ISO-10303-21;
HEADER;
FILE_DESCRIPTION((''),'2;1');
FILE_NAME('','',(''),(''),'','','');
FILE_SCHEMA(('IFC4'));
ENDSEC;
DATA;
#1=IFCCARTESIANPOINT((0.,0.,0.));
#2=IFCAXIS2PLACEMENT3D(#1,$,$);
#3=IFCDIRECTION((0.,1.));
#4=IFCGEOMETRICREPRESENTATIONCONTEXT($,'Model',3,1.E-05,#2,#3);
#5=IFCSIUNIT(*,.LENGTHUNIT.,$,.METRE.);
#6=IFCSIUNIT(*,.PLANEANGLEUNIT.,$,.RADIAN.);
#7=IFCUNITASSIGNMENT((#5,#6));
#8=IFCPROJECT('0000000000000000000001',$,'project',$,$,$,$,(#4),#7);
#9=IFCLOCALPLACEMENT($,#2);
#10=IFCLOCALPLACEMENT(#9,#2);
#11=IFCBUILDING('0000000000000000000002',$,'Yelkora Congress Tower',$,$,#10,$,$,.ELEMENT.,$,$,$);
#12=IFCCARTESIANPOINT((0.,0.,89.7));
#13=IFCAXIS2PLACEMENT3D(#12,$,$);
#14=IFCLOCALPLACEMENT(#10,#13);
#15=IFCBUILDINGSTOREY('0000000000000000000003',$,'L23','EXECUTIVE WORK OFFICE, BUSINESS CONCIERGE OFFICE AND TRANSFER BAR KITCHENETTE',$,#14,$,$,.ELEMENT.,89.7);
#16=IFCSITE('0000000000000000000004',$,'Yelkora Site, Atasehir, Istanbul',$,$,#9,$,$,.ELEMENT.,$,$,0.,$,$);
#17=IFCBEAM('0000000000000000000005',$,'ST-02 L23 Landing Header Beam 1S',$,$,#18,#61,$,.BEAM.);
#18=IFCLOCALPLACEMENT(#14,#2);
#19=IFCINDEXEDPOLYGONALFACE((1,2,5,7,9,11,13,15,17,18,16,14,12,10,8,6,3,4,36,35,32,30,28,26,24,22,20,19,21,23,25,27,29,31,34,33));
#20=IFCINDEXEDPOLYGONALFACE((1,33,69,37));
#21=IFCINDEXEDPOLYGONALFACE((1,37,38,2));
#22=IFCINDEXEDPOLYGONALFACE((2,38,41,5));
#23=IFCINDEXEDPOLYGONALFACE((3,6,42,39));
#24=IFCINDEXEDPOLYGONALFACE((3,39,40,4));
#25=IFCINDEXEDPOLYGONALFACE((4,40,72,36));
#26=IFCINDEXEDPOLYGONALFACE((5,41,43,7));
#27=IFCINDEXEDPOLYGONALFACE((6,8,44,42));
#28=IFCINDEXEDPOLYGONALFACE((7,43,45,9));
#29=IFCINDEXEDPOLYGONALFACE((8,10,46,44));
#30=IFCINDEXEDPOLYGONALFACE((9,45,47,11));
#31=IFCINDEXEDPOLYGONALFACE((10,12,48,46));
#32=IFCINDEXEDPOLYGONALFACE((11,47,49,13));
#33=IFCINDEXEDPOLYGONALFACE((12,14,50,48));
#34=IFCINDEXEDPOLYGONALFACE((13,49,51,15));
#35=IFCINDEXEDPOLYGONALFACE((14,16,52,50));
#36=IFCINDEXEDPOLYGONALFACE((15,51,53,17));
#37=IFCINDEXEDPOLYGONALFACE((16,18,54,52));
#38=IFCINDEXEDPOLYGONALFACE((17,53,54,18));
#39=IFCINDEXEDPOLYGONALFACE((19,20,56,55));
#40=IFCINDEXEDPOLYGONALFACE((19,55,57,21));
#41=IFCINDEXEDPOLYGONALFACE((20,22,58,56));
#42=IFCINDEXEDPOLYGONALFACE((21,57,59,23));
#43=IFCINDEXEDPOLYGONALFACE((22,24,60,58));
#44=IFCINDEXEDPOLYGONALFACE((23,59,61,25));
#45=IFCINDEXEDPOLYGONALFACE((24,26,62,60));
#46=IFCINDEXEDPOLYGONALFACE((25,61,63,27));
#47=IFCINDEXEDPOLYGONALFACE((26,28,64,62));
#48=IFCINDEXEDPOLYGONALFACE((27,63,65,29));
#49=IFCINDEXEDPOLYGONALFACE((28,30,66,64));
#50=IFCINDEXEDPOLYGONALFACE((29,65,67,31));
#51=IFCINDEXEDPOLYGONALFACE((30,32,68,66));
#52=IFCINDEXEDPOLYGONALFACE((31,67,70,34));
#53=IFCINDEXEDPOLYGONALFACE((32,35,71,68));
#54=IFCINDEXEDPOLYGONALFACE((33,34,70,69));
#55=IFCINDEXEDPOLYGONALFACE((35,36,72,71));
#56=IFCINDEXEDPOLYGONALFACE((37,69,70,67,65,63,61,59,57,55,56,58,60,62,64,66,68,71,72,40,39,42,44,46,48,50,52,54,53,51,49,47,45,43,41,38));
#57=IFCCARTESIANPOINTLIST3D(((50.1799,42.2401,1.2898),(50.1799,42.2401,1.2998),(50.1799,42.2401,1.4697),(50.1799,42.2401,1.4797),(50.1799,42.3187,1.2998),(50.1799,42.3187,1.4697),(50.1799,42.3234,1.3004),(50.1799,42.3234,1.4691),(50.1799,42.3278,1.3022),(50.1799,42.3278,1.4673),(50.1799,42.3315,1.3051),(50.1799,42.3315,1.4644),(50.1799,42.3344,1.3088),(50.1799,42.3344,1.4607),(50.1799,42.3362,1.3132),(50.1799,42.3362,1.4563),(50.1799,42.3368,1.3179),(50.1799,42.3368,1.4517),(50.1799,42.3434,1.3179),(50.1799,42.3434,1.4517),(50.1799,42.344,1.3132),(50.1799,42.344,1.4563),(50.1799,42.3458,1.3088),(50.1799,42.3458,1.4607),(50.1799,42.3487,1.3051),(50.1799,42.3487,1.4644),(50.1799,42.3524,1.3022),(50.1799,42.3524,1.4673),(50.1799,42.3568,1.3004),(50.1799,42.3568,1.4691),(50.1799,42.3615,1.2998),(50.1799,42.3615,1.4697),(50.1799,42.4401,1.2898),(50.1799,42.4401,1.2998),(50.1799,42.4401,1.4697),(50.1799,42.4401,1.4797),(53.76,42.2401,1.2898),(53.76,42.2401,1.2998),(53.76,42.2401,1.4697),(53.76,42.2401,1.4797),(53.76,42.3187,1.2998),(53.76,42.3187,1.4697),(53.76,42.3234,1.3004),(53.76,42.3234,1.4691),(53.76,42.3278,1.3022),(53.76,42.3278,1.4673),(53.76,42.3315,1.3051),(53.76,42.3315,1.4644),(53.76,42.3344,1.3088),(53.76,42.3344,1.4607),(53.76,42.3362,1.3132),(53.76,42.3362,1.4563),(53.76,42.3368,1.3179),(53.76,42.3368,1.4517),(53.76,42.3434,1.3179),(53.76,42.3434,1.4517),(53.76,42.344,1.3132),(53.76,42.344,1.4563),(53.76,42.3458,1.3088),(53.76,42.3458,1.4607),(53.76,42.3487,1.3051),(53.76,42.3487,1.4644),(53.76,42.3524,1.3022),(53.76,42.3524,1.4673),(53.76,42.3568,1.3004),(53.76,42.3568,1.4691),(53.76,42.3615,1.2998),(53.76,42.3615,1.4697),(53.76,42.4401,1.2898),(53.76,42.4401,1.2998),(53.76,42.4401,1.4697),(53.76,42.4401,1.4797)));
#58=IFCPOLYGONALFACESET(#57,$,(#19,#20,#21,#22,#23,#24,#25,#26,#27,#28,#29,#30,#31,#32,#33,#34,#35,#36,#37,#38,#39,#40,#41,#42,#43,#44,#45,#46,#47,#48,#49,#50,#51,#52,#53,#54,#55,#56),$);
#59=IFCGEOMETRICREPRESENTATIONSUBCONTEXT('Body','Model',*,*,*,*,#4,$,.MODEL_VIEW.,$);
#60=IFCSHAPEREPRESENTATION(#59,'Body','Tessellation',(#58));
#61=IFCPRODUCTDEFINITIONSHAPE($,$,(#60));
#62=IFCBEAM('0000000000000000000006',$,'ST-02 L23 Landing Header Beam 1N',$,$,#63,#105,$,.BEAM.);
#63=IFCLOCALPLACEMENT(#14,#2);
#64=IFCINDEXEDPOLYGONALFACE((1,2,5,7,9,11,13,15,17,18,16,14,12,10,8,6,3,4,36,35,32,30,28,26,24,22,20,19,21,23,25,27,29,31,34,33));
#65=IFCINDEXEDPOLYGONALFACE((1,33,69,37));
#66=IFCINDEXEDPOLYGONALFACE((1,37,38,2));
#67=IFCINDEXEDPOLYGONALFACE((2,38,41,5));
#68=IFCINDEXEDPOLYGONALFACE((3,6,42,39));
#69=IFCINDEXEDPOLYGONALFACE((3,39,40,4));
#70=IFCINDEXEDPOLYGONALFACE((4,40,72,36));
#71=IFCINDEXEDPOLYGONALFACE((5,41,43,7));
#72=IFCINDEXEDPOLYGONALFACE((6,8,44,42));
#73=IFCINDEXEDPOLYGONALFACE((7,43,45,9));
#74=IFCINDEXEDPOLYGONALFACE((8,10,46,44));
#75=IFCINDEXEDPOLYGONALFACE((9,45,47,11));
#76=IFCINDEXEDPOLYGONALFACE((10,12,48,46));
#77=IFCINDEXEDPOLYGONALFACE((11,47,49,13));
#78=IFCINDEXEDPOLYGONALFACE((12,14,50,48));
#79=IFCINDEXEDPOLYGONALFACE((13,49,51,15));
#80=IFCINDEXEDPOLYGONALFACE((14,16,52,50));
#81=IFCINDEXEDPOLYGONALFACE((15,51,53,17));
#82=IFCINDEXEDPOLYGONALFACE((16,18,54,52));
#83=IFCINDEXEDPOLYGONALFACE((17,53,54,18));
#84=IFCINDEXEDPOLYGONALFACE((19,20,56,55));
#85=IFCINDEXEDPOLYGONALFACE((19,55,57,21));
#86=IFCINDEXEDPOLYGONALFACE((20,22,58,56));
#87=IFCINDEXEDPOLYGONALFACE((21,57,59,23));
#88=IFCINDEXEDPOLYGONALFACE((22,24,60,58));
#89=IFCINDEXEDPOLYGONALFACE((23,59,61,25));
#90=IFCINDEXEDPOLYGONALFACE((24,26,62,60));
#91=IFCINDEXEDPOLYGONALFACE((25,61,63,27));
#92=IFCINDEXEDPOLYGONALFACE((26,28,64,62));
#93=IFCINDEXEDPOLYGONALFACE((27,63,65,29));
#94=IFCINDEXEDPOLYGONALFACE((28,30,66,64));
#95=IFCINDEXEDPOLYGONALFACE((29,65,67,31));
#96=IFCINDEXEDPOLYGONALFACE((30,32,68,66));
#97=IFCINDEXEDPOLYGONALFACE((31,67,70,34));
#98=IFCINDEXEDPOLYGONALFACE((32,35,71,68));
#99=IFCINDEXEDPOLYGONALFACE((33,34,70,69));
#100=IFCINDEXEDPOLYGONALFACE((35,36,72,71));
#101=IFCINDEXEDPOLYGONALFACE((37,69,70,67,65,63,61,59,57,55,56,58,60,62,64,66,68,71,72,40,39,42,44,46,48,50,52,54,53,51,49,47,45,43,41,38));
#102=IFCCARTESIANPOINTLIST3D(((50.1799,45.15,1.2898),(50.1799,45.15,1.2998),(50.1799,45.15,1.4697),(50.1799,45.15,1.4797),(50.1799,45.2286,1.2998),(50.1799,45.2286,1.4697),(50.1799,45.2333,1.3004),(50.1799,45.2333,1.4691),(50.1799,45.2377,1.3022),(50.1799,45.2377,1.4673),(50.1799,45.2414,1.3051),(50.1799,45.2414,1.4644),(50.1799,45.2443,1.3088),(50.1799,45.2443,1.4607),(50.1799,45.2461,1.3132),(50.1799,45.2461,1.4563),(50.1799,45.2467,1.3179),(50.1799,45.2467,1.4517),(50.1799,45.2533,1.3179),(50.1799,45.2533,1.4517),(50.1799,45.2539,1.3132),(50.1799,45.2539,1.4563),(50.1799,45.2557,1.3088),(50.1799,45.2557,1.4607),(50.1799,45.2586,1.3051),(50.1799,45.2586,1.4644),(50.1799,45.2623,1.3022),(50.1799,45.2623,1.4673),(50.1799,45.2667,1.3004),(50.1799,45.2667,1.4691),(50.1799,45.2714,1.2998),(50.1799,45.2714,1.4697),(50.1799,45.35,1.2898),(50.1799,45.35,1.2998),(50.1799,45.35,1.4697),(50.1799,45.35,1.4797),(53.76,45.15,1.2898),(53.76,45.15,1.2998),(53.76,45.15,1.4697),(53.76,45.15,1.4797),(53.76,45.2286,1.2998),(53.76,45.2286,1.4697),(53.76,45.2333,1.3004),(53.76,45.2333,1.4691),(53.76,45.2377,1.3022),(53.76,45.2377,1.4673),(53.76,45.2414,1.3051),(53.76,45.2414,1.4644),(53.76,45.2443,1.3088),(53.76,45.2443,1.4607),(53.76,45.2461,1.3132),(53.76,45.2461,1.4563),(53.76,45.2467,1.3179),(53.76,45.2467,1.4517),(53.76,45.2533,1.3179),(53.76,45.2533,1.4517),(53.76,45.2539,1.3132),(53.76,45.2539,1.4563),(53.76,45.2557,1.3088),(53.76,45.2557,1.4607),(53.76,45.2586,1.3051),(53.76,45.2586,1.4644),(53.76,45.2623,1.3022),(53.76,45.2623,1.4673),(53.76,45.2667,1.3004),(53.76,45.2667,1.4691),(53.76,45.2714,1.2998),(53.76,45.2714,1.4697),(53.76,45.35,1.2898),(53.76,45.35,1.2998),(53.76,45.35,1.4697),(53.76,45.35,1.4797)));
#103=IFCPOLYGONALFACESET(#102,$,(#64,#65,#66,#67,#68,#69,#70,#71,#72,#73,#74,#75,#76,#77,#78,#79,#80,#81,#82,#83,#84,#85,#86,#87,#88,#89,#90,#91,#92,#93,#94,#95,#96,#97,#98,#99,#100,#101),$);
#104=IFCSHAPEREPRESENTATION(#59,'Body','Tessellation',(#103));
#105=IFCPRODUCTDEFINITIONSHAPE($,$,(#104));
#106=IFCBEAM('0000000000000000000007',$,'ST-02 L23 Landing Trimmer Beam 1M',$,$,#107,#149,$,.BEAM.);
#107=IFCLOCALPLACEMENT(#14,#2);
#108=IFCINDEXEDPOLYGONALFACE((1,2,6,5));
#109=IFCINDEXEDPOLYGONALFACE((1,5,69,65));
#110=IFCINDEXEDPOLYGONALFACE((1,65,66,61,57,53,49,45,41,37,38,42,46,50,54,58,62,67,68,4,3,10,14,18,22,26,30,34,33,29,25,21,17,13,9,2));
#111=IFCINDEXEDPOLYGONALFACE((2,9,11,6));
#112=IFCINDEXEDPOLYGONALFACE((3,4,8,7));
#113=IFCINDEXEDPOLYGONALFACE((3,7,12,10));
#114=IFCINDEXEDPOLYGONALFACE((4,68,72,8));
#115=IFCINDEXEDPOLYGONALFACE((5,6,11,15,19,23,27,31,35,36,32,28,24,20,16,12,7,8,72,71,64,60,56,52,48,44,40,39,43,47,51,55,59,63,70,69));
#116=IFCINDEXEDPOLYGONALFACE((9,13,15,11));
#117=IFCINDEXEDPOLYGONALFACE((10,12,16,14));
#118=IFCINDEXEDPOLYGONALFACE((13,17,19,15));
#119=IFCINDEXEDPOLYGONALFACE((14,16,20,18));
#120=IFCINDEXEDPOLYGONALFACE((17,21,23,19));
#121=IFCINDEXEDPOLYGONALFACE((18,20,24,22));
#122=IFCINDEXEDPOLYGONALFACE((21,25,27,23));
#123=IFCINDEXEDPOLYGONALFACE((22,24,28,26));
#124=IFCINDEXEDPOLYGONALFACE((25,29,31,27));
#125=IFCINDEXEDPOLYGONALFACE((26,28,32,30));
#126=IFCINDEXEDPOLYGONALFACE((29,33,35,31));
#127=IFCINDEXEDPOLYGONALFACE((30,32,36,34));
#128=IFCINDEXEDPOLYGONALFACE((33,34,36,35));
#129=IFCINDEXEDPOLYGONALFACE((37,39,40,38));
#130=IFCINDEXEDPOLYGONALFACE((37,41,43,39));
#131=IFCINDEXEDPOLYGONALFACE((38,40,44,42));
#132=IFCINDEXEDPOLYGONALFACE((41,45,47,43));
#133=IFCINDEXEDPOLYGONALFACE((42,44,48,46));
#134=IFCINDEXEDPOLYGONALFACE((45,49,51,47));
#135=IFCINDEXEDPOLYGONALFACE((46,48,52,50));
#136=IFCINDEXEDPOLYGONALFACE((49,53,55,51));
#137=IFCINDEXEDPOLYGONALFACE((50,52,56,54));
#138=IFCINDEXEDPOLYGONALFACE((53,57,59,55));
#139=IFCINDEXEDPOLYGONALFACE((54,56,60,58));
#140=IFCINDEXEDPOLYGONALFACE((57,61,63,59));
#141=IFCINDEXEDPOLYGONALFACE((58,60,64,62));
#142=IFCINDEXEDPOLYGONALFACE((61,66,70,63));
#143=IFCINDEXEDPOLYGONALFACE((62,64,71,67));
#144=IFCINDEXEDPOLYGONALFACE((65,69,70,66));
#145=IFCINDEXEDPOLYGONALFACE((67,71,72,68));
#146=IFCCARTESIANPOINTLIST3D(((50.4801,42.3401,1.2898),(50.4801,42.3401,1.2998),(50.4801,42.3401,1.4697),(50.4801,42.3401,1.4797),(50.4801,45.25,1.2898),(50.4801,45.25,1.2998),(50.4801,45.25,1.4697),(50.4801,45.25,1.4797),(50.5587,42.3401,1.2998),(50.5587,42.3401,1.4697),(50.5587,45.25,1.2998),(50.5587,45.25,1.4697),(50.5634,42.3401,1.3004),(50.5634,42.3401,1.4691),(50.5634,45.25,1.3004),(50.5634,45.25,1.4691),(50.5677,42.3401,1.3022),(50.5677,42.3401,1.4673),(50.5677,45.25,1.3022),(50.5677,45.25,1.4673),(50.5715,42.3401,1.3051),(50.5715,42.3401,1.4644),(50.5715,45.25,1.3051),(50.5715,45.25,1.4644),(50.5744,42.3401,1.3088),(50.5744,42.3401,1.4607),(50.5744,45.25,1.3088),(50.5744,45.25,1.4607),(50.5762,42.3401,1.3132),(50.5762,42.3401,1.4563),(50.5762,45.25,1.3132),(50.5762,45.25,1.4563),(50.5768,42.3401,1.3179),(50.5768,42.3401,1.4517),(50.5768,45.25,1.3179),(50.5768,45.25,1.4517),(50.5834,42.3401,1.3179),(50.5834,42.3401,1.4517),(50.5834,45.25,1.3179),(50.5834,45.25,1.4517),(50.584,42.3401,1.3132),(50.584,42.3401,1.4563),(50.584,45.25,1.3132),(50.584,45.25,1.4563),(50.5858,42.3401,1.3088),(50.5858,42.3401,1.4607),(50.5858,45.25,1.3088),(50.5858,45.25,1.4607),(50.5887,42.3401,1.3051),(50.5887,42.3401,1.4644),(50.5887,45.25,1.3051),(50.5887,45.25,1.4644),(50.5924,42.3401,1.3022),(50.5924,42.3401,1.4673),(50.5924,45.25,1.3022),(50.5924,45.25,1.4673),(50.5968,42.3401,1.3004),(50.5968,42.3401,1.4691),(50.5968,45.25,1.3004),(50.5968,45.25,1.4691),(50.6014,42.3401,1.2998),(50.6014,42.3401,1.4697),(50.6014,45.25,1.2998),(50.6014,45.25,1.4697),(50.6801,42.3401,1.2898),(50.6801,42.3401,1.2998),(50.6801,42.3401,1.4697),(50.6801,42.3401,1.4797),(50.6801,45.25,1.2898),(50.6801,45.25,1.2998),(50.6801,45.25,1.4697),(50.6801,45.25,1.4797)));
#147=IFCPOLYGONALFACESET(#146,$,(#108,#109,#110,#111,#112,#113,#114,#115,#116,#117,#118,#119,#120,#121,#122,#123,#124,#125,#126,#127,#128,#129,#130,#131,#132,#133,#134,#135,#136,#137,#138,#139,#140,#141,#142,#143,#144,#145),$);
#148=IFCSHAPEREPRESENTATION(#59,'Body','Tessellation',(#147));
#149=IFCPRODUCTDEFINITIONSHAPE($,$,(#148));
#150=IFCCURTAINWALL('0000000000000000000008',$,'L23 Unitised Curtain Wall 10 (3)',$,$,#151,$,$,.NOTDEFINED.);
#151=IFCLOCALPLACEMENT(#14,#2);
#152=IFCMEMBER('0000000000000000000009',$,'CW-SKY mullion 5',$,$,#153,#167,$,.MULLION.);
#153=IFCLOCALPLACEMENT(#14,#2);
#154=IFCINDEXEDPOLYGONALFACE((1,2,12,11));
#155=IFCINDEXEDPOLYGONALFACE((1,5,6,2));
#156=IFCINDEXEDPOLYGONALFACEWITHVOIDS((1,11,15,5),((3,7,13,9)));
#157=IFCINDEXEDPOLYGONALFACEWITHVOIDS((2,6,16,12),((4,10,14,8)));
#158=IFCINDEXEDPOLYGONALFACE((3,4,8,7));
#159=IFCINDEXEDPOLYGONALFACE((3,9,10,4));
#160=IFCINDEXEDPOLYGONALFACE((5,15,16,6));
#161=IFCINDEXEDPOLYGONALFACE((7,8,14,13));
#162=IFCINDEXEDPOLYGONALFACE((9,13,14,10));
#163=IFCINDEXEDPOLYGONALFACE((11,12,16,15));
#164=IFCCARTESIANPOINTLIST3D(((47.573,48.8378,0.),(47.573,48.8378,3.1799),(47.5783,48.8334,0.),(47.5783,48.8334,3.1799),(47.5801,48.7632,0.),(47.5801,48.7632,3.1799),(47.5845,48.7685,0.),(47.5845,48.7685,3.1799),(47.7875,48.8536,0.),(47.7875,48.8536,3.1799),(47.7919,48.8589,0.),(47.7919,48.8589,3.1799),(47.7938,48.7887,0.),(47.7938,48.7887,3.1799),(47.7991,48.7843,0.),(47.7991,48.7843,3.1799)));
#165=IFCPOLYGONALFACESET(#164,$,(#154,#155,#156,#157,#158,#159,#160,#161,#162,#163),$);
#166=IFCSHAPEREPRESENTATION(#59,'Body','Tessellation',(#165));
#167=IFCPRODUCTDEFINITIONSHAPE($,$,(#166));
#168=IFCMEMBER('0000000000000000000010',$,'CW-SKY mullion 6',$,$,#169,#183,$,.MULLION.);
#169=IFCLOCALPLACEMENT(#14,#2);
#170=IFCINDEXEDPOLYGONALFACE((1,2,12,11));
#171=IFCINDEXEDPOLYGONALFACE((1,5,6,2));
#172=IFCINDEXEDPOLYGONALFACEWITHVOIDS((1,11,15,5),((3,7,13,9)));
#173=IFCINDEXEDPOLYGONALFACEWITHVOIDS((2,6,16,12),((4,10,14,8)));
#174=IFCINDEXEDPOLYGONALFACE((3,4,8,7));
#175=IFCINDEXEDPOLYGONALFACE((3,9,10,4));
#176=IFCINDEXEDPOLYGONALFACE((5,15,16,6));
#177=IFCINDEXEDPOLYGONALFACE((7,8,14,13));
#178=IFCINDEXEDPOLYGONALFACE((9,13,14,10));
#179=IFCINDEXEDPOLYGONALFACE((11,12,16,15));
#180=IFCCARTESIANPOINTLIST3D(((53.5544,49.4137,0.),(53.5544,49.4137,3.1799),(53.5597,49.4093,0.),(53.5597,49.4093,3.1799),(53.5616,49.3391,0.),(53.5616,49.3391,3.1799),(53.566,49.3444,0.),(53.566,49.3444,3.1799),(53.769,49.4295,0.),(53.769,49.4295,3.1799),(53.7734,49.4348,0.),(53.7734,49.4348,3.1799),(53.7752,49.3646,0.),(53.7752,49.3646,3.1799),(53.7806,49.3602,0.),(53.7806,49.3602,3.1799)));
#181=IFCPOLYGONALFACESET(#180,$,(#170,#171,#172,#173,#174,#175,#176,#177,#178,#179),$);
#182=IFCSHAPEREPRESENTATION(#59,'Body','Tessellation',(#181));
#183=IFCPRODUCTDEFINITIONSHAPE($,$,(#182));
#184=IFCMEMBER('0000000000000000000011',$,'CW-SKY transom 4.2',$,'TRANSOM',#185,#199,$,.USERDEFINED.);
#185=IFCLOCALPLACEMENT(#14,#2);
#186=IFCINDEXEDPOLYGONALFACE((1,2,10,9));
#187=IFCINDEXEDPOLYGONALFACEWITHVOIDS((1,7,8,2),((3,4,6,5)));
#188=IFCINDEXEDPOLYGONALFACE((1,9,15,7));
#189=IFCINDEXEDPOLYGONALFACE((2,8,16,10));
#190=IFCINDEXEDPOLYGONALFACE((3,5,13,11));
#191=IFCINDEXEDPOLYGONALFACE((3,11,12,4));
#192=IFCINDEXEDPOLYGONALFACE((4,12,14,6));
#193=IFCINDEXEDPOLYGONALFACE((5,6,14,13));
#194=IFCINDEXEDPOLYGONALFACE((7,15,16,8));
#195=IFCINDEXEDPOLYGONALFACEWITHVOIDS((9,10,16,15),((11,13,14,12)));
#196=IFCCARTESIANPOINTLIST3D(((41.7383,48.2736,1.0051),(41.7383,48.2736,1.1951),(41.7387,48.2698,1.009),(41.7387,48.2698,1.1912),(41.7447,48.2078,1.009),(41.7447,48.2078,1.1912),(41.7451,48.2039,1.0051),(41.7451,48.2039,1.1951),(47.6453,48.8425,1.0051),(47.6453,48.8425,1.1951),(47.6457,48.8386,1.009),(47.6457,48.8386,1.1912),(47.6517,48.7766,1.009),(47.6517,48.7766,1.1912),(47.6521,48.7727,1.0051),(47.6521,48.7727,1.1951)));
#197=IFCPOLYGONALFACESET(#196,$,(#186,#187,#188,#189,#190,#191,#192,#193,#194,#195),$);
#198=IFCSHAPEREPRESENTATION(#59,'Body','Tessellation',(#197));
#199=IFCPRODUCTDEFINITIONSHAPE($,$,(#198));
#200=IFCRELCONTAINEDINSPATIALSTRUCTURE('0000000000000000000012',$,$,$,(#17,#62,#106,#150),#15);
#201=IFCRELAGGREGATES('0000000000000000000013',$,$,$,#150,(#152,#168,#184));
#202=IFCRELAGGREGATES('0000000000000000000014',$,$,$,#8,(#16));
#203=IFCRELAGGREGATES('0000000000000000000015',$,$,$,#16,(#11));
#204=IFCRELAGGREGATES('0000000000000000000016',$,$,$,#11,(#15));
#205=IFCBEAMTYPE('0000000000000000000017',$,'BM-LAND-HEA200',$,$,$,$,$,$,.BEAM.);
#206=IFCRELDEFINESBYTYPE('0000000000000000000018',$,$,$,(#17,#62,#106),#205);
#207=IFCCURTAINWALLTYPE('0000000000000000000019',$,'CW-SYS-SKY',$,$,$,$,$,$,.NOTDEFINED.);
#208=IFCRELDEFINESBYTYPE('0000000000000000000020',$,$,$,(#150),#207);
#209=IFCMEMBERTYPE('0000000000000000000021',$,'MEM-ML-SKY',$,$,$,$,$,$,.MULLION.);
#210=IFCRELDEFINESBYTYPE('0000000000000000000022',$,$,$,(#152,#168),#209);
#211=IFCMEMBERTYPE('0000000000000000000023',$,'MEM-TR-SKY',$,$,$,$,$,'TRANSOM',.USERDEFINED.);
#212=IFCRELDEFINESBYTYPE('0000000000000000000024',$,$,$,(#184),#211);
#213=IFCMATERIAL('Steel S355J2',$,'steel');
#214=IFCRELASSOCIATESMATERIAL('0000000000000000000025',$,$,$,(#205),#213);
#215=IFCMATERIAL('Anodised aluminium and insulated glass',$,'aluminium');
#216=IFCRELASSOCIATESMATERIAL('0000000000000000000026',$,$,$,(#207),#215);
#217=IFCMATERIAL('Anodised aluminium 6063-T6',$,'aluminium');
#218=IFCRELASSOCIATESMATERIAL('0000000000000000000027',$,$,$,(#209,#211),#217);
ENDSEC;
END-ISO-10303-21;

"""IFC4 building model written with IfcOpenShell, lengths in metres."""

from ifc_helpers import new_model, si_unit, direction, frame, origin, origin_2d, place, context, subcontext, project, spatial, hollow_rectangle, i_section, extrude, material, material_profile, profile_set, type_object, element, aggregate, save


model = new_model("IFC4")

# Units and contexts
model_context = context("Model", 3, precision=1e-05, world=origin(), true_north=direction((0.0, 1.0)))
body_context = subcontext(model_context, "Body", "Model", "MODEL_VIEW")
ifc_project = project(units=[si_unit("LENGTHUNIT", "METRE"), si_unit("PLANEANGLEUNIT", "RADIAN")], contexts=[model_context])

# Site, building, storey
site_placement = place(None, origin())
site = spatial("IfcSite", under=ifc_project, at=site_placement, Name="Yelkora Site, Atasehir, Istanbul", CompositionType="ELEMENT", RefElevation=0.0)
building_placement = place(site_placement, origin())
building = spatial("IfcBuilding", under=site, at=building_placement, Name="Yelkora Congress Tower", CompositionType="ELEMENT")
storey_placement = place(building_placement, frame((0.0, 0.0, 89.7)))
storey = spatial("IfcBuildingStorey", under=building, at=storey_placement, Name="L23", Description="EXECUTIVE WORK OFFICE, BUSINESS CONCIERGE OFFICE AND TRANSFER BAR KITCHENETTE", CompositionType="ELEMENT", Elevation=89.7)

# Beams
ifc_material_1 = material(Name="Steel S355J2", Category="steel")
ifc_material_profile_1 = material_profile(ifc_material_1, i_section(OverallWidth=0.2, OverallDepth=0.1899, WebThickness=0.0066, FlangeThickness=0.01, FilletRadius=0.0181, at=origin_2d()), Name="HEA 200")
ifc_profile_set_1 = profile_set([ifc_material_profile_1], Name="Steel S355J2")
beam_type_1 = type_object("IfcBeamType", Name="BM-LAND-HEA200", PredefinedType="BEAM", material=ifc_profile_set_1)
for number, where, z_axis, x_axis, name in (
    (1, (50.1799, 42.3401, 1.3848), (1.0, 0.0, 0.0), (0.0, 1.0, 0.0), "ST-02 L23 Landing Header Beam 1S"),
    (2, (50.1799, 45.25, 1.3848), (1.0, 0.0, 0.0), (0.0, 1.0, 0.0), "ST-02 L23 Landing Header Beam 1N"),
):
    element("IfcBeam", number, at=place(storey_placement, frame(where, z_axis=z_axis, x_axis=x_axis)), inside=storey, type_object=beam_type_1, Name=name, PredefinedType="BEAM", context=body_context, shape_type="SweptSolid", body=[
        extrude(i_section(OverallWidth=0.2, OverallDepth=0.1899, WebThickness=0.0066, FlangeThickness=0.01, FilletRadius=0.0181, at=origin_2d()), origin(), (0.0, 0.0, 1.0), 3.5801),
    ])
beam_1_placement = place(storey_placement, frame((50.5801, 42.3401, 1.3848), z_axis=(0.0, 1.0, 0.0), x_axis=(-1.0, 0.0, 0.0)))
element("IfcBeam", 3, at=beam_1_placement, inside=storey, type_object=beam_type_1, Name="ST-02 L23 Landing Trimmer Beam 1M", PredefinedType="BEAM", context=body_context, shape_type="SweptSolid", body=[
    extrude(i_section(OverallWidth=0.2, OverallDepth=0.1899, WebThickness=0.0066, FlangeThickness=0.01, FilletRadius=0.0181, at=origin_2d()), origin(), (0.0, 0.0, 1.0), 2.9099),
])

# Curtain wall, members
ifc_material_2 = material(Name="Anodised aluminium and insulated glass", Category="aluminium")
curtain_wall_type = type_object("IfcCurtainWallType", Name="CW-SYS-SKY", PredefinedType="NOTDEFINED", material=ifc_material_2)
curtain_wall_placement = place(storey_placement, origin())
curtain_wall = element("IfcCurtainWall", 4, at=curtain_wall_placement, inside=storey, type_object=curtain_wall_type, Name="L23 Unitised Curtain Wall 10 (3)", PredefinedType="NOTDEFINED")
ifc_material_3 = material(Name="Anodised aluminium 6063-T6", Category="aluminium")
ifc_material_profile_2 = material_profile(ifc_material_3, hollow_rectangle(XDim=0.075, YDim=0.22, WallThickness=0.0049, at=origin_2d()), Name="ALU 75x220x5")
ifc_profile_set_2 = profile_set([ifc_material_profile_2], Name="Anodised aluminium 6063-T6")
member_type_1 = type_object("IfcMemberType", Name="MEM-ML-SKY", PredefinedType="MULLION", material=ifc_profile_set_2)
member_1_placement = place(storey_placement, frame((47.686, 48.811, 0.0), z_axis=(0.0, 0.0, 1.0), x_axis=(-0.095845, 0.995396, 0.0)))
member_1 = element("IfcMember", 5, at=member_1_placement, type_object=member_type_1, Name="CW-SKY mullion 5", PredefinedType="MULLION", context=body_context, shape_type="SweptSolid", body=[
    extrude(hollow_rectangle(XDim=0.075, YDim=0.22, WallThickness=0.0049, at=origin_2d()), origin(), (0.0, 0.0, 1.0), 3.1799),
])
member_2_placement = place(storey_placement, frame((53.6675, 49.387, 0.0), z_axis=(0.0, 0.0, 1.0), x_axis=(-0.095845, 0.995396, 0.0)))
member_2 = element("IfcMember", 6, at=member_2_placement, type_object=member_type_1, Name="CW-SKY mullion 6", PredefinedType="MULLION", context=body_context, shape_type="SweptSolid", body=[
    extrude(hollow_rectangle(XDim=0.075, YDim=0.22, WallThickness=0.0049, at=origin_2d()), origin(), (0.0, 0.0, 1.0), 3.1799),
])
ifc_material_profile_3 = material_profile(ifc_material_3, hollow_rectangle(XDim=0.0701, YDim=0.1899, WallThickness=0.0039, at=origin_2d()), Name="ALU 70x190x4")
ifc_profile_set_3 = profile_set([ifc_material_profile_3], Name="Anodised aluminium 6063-T6")
member_type_2 = type_object("IfcMemberType", Name="MEM-TR-SKY", ElementType="TRANSOM", PredefinedType="USERDEFINED", material=ifc_profile_set_3)
member_3_placement = place(storey_placement, frame((41.7417, 48.2388, 1.1001), z_axis=(0.995395, 0.095857, 0.0), x_axis=(-0.095857, 0.995395, 0.0)))
member_3 = element("IfcMember", 7, at=member_3_placement, type_object=member_type_2, Name="CW-SKY transom 4.2", ObjectType="TRANSOM", PredefinedType="USERDEFINED", context=body_context, shape_type="SweptSolid", body=[
    extrude(hollow_rectangle(XDim=0.0701, YDim=0.1899, WallThickness=0.0039, at=origin_2d()), origin(), (0.0, 0.0, 1.0), 5.9343),
])
aggregate(curtain_wall, [member_1, member_2, member_3])

save(model, "model.ifc")
